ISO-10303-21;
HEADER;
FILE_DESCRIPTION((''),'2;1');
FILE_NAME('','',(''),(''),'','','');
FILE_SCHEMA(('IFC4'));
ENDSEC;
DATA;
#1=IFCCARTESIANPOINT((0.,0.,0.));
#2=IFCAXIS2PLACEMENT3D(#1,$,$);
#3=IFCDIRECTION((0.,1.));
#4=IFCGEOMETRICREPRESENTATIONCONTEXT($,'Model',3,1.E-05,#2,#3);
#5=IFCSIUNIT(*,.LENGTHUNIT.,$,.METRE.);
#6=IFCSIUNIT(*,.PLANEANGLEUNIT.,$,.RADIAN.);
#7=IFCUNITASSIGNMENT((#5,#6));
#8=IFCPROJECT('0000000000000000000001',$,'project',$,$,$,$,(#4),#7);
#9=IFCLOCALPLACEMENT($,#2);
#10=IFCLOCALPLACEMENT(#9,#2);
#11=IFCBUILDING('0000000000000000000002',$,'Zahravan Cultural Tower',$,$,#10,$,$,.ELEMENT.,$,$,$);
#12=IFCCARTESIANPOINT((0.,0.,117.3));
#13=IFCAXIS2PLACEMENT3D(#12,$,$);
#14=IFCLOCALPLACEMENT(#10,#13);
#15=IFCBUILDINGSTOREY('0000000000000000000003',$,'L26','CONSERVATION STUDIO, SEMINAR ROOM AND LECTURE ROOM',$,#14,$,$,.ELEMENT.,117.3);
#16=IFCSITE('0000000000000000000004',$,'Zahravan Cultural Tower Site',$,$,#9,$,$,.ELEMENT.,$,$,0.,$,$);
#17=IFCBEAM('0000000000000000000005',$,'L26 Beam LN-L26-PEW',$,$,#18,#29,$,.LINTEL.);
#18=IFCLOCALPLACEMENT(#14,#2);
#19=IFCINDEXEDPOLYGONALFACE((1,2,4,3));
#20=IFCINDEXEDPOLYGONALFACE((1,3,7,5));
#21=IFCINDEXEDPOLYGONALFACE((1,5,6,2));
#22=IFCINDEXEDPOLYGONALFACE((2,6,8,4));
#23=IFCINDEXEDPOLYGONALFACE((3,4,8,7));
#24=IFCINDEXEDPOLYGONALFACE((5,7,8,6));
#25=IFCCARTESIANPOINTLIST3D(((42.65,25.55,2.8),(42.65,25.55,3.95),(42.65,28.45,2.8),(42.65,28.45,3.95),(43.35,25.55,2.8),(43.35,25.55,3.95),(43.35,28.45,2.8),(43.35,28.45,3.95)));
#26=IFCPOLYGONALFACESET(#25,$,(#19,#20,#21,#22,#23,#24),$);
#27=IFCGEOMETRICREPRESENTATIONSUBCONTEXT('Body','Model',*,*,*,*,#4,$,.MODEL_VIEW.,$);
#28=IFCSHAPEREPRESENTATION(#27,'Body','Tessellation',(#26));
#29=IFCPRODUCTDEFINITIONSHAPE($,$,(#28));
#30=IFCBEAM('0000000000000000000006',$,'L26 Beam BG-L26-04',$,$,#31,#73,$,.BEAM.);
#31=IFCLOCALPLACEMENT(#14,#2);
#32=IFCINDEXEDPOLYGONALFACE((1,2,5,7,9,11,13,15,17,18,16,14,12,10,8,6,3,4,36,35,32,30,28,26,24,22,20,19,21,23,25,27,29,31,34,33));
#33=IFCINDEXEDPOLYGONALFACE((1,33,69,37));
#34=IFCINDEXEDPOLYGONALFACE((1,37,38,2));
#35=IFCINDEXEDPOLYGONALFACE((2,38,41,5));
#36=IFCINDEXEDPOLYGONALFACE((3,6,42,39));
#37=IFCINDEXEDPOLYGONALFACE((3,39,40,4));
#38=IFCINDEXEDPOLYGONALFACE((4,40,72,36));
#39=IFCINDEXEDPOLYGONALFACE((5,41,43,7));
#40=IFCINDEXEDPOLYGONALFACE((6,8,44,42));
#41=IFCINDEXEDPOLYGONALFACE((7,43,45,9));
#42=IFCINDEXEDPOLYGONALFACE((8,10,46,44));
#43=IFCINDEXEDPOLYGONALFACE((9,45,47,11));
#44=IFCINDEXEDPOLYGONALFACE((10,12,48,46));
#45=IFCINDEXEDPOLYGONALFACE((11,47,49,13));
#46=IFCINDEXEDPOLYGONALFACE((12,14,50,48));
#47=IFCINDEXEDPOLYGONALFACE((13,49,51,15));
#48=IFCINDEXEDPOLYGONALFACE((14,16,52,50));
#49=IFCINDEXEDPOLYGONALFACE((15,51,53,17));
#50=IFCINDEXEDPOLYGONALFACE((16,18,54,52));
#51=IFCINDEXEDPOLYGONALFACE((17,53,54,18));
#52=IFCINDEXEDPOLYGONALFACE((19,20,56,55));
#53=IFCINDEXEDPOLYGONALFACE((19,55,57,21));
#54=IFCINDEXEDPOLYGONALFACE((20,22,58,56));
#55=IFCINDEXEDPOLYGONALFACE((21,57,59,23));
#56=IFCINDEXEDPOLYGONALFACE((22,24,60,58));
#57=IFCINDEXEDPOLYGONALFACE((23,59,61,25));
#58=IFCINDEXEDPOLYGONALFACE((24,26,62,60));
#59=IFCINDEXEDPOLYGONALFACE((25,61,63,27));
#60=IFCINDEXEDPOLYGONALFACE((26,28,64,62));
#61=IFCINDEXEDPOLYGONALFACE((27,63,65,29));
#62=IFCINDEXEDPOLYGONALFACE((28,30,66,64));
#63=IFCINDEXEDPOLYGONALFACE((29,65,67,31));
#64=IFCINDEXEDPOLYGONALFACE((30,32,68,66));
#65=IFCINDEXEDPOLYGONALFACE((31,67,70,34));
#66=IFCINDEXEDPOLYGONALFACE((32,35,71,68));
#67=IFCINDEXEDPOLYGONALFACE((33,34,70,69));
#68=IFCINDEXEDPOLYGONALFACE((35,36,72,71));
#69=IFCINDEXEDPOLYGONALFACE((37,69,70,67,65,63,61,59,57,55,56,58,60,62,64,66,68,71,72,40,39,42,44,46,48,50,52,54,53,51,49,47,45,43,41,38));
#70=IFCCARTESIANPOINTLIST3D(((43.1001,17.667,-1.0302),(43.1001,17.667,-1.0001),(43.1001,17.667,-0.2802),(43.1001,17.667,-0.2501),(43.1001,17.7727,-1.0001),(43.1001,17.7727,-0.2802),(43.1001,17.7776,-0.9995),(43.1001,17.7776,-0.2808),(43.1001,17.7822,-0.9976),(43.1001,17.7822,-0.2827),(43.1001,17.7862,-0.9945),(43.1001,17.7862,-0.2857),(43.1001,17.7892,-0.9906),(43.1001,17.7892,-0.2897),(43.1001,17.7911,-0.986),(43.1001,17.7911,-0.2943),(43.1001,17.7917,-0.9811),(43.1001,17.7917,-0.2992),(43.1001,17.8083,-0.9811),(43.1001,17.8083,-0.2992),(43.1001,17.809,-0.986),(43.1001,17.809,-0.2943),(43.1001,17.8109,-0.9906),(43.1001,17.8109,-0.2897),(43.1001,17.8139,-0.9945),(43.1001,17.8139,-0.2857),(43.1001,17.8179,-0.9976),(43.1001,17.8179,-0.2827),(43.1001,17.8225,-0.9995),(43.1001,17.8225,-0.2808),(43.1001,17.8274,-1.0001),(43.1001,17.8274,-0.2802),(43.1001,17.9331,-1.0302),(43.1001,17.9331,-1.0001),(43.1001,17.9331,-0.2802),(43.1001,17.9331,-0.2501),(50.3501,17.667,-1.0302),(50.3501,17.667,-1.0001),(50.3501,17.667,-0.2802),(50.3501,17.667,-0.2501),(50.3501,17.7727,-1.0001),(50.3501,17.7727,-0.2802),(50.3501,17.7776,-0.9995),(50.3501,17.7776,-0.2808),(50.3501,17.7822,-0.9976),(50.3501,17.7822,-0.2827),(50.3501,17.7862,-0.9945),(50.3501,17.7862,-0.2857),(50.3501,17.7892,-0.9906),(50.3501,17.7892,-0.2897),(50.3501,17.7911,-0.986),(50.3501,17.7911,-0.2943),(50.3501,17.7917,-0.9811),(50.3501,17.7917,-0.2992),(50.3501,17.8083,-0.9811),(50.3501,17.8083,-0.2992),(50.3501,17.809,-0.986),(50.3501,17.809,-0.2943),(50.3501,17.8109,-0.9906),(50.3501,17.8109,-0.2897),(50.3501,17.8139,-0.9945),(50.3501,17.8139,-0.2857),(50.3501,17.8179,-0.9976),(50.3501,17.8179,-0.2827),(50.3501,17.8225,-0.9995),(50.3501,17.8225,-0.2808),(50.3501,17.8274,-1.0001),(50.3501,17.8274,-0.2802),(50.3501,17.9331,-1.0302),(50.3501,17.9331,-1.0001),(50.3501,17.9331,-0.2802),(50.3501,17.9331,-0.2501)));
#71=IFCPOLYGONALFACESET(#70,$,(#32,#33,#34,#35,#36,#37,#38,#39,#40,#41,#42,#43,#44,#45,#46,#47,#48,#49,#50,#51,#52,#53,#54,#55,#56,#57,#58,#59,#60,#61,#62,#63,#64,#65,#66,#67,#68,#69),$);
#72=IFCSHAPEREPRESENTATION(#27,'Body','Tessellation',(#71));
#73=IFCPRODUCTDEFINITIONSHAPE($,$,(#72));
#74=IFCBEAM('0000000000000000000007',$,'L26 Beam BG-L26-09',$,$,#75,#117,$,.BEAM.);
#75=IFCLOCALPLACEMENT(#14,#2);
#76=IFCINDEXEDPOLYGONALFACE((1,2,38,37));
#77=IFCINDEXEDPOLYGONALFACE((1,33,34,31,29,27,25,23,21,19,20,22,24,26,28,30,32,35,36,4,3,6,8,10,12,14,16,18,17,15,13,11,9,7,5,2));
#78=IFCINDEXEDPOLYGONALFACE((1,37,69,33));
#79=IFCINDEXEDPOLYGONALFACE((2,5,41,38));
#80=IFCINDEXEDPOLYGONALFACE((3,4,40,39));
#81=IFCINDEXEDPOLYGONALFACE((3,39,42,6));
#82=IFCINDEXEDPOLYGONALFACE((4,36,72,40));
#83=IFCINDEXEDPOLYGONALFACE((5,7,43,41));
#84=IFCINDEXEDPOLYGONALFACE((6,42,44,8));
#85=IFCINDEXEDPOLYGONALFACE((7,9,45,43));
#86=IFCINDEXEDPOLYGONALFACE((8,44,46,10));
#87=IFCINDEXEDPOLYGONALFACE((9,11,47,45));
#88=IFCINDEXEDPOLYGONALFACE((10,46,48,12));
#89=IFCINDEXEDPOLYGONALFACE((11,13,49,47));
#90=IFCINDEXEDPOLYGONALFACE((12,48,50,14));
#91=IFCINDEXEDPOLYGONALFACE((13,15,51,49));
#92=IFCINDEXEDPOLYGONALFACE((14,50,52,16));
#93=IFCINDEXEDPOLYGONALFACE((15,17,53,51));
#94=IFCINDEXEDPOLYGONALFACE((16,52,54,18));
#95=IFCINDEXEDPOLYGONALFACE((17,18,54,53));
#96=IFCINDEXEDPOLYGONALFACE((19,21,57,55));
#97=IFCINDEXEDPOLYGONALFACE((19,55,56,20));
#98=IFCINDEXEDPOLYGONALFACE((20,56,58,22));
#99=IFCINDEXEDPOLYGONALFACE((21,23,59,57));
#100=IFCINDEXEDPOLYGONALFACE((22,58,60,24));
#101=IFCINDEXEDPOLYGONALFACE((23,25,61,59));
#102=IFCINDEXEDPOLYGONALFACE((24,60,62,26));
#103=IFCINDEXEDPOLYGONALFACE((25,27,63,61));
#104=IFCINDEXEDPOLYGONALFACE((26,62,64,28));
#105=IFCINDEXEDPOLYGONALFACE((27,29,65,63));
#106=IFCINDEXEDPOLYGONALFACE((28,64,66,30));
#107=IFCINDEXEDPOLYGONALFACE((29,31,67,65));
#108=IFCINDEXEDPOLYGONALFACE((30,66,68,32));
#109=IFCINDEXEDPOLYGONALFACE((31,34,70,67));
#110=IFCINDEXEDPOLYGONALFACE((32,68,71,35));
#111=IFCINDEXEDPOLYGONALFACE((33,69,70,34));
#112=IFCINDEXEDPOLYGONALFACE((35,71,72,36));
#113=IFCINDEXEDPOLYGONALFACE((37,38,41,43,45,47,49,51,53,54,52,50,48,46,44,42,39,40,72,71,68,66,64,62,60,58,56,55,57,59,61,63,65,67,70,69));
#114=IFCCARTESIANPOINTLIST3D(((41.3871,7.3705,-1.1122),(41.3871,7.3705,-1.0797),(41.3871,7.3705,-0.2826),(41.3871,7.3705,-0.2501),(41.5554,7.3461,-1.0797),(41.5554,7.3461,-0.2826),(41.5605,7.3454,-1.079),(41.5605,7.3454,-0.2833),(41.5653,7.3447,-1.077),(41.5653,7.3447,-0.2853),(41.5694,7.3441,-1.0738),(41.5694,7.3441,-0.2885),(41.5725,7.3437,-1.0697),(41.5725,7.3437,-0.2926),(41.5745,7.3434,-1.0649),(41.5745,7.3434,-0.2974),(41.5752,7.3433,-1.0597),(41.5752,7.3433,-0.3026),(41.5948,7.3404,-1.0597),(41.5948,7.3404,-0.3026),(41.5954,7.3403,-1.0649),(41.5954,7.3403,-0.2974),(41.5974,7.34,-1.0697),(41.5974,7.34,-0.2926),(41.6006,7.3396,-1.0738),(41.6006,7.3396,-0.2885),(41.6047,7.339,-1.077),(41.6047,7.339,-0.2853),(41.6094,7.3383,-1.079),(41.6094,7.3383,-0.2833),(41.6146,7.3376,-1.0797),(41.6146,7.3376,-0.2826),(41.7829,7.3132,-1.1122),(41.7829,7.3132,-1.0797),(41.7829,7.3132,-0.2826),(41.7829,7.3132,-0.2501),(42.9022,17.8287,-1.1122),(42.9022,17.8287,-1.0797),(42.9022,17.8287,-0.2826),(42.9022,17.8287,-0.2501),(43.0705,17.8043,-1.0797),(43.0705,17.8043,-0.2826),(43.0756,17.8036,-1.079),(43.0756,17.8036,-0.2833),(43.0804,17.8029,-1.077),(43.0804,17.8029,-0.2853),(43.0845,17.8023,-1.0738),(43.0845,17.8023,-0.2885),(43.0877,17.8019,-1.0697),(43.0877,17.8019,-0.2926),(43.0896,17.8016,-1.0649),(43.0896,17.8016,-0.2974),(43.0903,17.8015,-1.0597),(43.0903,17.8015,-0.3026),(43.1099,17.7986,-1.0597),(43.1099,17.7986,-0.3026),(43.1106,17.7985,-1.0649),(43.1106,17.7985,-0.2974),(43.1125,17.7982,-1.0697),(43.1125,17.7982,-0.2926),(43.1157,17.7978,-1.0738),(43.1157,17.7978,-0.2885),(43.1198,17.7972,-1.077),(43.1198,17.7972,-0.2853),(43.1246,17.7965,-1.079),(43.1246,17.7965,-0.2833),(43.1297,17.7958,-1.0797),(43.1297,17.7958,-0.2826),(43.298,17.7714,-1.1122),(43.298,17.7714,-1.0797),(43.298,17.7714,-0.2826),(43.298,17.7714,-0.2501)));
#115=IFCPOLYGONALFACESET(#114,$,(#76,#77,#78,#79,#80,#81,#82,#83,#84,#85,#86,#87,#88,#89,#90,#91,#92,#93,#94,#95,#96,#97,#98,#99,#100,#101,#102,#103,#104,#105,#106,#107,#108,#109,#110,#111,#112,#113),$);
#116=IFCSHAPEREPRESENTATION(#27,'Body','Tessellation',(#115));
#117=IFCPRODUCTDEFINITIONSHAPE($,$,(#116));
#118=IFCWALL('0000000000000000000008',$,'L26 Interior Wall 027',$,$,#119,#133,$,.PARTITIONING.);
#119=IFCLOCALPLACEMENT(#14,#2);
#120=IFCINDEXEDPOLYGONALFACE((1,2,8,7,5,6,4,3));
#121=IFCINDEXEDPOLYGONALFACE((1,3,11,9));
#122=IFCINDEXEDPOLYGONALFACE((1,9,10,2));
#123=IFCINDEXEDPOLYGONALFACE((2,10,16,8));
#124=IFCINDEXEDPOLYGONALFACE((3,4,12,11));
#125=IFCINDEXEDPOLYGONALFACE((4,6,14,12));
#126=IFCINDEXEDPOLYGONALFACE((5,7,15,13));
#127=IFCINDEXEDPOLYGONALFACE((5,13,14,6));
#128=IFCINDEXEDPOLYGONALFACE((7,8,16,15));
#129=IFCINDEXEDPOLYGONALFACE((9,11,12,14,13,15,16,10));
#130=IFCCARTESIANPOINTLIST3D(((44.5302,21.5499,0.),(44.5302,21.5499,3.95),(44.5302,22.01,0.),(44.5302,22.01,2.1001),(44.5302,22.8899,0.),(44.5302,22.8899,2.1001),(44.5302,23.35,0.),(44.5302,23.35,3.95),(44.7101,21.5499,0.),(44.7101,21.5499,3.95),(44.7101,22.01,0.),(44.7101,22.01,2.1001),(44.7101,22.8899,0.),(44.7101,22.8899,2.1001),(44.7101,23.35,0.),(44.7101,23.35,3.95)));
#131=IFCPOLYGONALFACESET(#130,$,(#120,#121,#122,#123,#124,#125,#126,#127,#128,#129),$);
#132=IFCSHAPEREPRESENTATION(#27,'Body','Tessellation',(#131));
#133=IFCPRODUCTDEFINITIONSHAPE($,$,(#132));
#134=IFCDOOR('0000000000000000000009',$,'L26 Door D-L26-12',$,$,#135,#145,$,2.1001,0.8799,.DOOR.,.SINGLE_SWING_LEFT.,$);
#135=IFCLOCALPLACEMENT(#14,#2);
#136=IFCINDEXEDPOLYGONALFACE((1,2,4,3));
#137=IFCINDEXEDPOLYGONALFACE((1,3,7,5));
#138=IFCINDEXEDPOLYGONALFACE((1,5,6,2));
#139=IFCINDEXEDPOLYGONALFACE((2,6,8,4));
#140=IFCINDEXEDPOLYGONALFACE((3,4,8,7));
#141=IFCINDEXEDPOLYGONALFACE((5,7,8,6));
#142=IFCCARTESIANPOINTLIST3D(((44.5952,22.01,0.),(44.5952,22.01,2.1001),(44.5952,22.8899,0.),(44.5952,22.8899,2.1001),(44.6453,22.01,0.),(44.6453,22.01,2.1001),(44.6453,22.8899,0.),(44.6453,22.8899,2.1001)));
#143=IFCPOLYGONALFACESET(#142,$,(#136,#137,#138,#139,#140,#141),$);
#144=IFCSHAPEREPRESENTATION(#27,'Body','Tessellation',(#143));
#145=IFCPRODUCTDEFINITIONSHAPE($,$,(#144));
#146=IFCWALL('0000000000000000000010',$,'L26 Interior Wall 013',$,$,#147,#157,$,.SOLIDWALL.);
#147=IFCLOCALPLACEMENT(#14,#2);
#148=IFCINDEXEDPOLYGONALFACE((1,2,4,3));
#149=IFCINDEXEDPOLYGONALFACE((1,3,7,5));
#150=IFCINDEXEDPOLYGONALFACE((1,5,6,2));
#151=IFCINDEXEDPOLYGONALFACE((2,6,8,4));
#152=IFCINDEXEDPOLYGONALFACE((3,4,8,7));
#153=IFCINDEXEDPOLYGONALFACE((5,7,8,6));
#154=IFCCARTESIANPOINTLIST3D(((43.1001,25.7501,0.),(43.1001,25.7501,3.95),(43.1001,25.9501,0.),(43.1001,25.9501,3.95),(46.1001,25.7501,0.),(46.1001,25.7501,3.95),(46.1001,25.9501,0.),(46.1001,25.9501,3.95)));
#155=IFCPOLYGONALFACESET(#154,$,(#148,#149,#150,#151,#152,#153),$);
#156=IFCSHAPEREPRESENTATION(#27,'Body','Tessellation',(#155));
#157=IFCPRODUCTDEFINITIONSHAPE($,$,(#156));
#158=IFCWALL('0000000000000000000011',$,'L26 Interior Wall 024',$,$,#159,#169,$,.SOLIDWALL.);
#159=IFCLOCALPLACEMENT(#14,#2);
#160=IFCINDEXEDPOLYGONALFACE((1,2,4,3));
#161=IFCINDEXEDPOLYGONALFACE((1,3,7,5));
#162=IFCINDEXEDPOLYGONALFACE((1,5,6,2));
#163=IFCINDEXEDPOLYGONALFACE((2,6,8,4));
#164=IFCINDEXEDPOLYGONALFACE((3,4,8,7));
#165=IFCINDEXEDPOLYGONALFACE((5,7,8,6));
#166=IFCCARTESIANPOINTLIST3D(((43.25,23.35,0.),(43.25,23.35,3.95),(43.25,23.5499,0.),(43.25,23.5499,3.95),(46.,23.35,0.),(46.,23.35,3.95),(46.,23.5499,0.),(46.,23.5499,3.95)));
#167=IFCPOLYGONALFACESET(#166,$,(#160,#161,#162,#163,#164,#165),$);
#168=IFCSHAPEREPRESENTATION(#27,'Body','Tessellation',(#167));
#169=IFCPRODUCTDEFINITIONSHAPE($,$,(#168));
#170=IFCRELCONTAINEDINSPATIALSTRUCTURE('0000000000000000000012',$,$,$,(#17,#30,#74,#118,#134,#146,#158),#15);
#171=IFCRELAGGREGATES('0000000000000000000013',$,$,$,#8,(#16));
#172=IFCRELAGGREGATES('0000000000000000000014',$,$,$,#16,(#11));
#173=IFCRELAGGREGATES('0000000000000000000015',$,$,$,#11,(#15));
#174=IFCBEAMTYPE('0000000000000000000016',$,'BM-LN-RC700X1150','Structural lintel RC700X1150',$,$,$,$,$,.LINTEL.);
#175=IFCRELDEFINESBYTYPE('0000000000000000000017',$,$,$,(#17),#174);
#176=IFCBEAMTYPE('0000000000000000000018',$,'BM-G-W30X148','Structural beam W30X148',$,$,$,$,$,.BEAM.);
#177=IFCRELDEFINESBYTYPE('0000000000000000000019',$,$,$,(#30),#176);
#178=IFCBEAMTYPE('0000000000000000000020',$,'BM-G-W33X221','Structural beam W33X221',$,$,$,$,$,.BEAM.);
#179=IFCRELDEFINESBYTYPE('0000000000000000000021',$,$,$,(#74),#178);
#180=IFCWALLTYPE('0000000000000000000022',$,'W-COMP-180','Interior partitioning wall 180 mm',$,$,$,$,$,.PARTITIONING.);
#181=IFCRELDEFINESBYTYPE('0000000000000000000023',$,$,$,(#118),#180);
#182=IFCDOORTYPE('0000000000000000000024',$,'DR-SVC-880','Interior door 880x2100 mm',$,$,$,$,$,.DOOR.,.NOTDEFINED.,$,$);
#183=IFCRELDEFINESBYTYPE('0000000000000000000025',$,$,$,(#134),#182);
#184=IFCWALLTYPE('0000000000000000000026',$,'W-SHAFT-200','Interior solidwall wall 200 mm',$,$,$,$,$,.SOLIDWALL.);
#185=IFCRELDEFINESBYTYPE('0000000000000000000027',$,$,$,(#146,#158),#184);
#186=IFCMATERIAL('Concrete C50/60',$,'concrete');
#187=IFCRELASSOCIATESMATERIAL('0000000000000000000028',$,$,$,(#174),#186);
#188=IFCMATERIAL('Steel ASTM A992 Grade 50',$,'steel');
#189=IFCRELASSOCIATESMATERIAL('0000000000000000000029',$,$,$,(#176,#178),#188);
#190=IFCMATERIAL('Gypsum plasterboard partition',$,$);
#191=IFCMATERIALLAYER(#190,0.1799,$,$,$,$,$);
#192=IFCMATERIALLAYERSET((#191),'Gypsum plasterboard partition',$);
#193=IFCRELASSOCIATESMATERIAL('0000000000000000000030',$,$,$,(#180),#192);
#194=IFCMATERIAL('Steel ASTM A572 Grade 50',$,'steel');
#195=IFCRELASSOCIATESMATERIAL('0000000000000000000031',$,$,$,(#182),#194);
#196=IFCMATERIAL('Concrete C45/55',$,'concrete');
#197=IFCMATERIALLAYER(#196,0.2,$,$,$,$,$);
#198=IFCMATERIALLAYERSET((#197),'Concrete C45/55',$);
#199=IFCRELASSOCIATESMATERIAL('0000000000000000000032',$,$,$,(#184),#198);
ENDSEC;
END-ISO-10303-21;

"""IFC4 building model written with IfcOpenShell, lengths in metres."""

from ifc_helpers import new_model, si_unit, direction, frame, frame_2d, origin, origin_2d, place, context, subcontext, project, spatial, rectangle, i_section, extrude, source, transform, mapped, material, layer, layer_set, material_profile, profile_set, type_object, element, fill, save


model = new_model("IFC4")

# Units and contexts
model_context = context("Model", 3, precision=1e-05, world=origin(), true_north=direction((0.0, 1.0)))
body_context = subcontext(model_context, "Body", "Model", "MODEL_VIEW")
ifc_project = project(units=[si_unit("LENGTHUNIT", "METRE"), si_unit("PLANEANGLEUNIT", "RADIAN")], contexts=[model_context])

# Site, building, storey
site_placement = place(None, origin())
site = spatial("IfcSite", under=ifc_project, at=site_placement, Name="Zahravan Cultural Tower Site", CompositionType="ELEMENT", RefElevation=0.0)
building_placement = place(site_placement, origin())
building = spatial("IfcBuilding", under=site, at=building_placement, Name="Zahravan Cultural Tower", CompositionType="ELEMENT")
storey_placement = place(building_placement, frame((0.0, 0.0, 117.3)))
storey = spatial("IfcBuildingStorey", under=building, at=storey_placement, Name="L26", Description="CONSERVATION STUDIO, SEMINAR ROOM AND LECTURE ROOM", CompositionType="ELEMENT", Elevation=117.3)

# Beams
ifc_material_1 = material(Name="Concrete C50/60", Category="concrete")
ifc_material_profile_1 = material_profile(ifc_material_1, rectangle(XDim=0.7, YDim=1.1499, at=origin_2d()), Name="RC700X1150")
ifc_profile_set_1 = profile_set([ifc_material_profile_1], Name="Concrete C50/60")
beam_type_1 = type_object("IfcBeamType", Name="BM-LN-RC700X1150", Description="Structural lintel RC700X1150", PredefinedType="LINTEL", material=ifc_profile_set_1)
shared_shape_1 = source(origin(), body_context, "Body", "SweptSolid", [
    extrude(rectangle(XDim=0.7, YDim=1.1499, at=origin_2d()), origin(), (0.0, 0.0, 1.0), 2.8999),
])
beam_1_placement = place(storey_placement, frame((43.0, 25.55, 3.375), z_axis=(0.0, 1.0, 0.0), x_axis=(-1.0, 0.0, 0.0)))
element("IfcBeam", 1, at=beam_1_placement, inside=storey, type_object=beam_type_1, Name="L26 Beam LN-L26-PEW", PredefinedType="LINTEL", context=body_context, shape_type="MappedRepresentation", body=[
    mapped(shared_shape_1, transform((0.0, 0.0, 0.0), x_axis=(1.0, 0.0, 0.0), y_axis=(0.0, 1.0, 0.0), z_axis=(0.0, 0.0, 1.0), scale=1.0)),
])
ifc_material_2 = material(Name="Steel ASTM A992 Grade 50", Category="steel")
ifc_material_profile_2 = material_profile(ifc_material_2, i_section(OverallWidth=0.2661, OverallDepth=0.78, WebThickness=0.0166, FlangeThickness=0.03, FilletRadius=0.019, at=origin_2d()), Name="W30X148")
ifc_profile_set_2 = profile_set([ifc_material_profile_2], Name="Steel ASTM A992 Grade 50")
beam_type_2 = type_object("IfcBeamType", Name="BM-G-W30X148", Description="Structural beam W30X148", PredefinedType="BEAM", material=ifc_profile_set_2)
shared_shape_2 = source(origin(), body_context, "Body", "SweptSolid", [
    extrude(i_section(OverallWidth=0.2661, OverallDepth=0.78, WebThickness=0.0166, FlangeThickness=0.03, FilletRadius=0.019, at=origin_2d()), origin(), (0.0, 0.0, 1.0), 7.25),
])
beam_2_placement = place(storey_placement, frame((43.1001, 17.8, -0.6401), z_axis=(1.0, 0.0, 0.0), x_axis=(0.0, 1.0, 0.0)))
element("IfcBeam", 2, at=beam_2_placement, inside=storey, type_object=beam_type_2, Name="L26 Beam BG-L26-04", PredefinedType="BEAM", context=body_context, shape_type="MappedRepresentation", body=[
    mapped(shared_shape_2, transform((0.0, 0.0, 0.0), x_axis=(1.0, 0.0, 0.0), y_axis=(0.0, 1.0, 0.0), z_axis=(0.0, 0.0, 1.0), scale=1.0)),
])
ifc_material_profile_3 = material_profile(ifc_material_2, i_section(OverallWidth=0.3999, OverallDepth=0.8621, WebThickness=0.0198, FlangeThickness=0.0325, FilletRadius=0.02, at=origin_2d()), Name="W33X221")
ifc_profile_set_3 = profile_set([ifc_material_profile_3], Name="Steel ASTM A992 Grade 50")
beam_type_3 = type_object("IfcBeamType", Name="BM-G-W33X221", Description="Structural beam W33X221", PredefinedType="BEAM", material=ifc_profile_set_3)
shared_shape_3 = source(origin(), body_context, "Body", "SweptSolid", [
    extrude(i_section(OverallWidth=0.3999, OverallDepth=0.8621, WebThickness=0.0198, FlangeThickness=0.0325, FilletRadius=0.02, at=origin_2d()), origin(), (0.0, 0.0, 1.0), 10.5674),
])
beam_3_placement = place(storey_placement, frame((43.1001, 17.8, -0.6812), z_axis=(-0.143378, -0.989668, 0.0), x_axis=(0.989668, -0.143378, 0.0)))
element("IfcBeam", 3, at=beam_3_placement, inside=storey, type_object=beam_type_3, Name="L26 Beam BG-L26-09", PredefinedType="BEAM", context=body_context, shape_type="MappedRepresentation", body=[
    mapped(shared_shape_3, transform((0.0, 0.0, 0.0), x_axis=(1.0, 0.0, 0.0), y_axis=(0.0, 1.0, 0.0), z_axis=(0.0, 0.0, 1.0), scale=1.0)),
])

# Wall, opening, door
ifc_material_3 = material(Name="Gypsum plasterboard partition")
ifc_layer_1 = layer(ifc_material_3, 0.1799)
ifc_layer_set_1 = layer_set([ifc_layer_1], Name="Gypsum plasterboard partition")
wall_type_1 = type_object("IfcWallType", Name="W-COMP-180", Description="Interior partitioning wall 180 mm", PredefinedType="PARTITIONING", material=ifc_layer_set_1)
wall_1_placement = place(storey_placement, frame((44.6201, 21.55, 0.0), z_axis=(0.0, 0.0, 1.0), x_axis=(0.0, 1.0, 0.0)))
wall_1 = element("IfcWall", 4, at=wall_1_placement, inside=storey, type_object=wall_type_1, Name="L26 Interior Wall 027", PredefinedType="PARTITIONING", context=body_context, shape_type="SweptSolid", body=[
    extrude(rectangle(XDim=1.8, YDim=0.1799, at=frame_2d((0.8999, 0.0))), origin(), (0.0, 0.0, 1.0), 3.95),
])
opening_1_placement = place(wall_1_placement, frame((0.46, 0.0, 0.0)))
opening_1 = element("IfcOpeningElement", 5, at=opening_1_placement, cuts=wall_1, PredefinedType="OPENING", context=body_context, shape_type="SweptSolid", body=[
    extrude(rectangle(XDim=0.8799, YDim=2.1001, at=frame_2d((0.4399, 1.05))), frame((0.0, 0.0999, 0.0), z_axis=(0.0, -1.0, 0.0), x_axis=(1.0, 0.0, 0.0)), (0.0, 0.0, 1.0), 0.2),
])
ifc_material_4 = material(Name="Steel ASTM A572 Grade 50", Category="steel")
door_type_1 = type_object("IfcDoorType", Name="DR-SVC-880", Description="Interior door 880x2100 mm", OperationType="NOTDEFINED", PredefinedType="DOOR", material=ifc_material_4)
shared_shape_4 = source(origin(), body_context, "Body", "SweptSolid", [
    extrude(rectangle(XDim=0.8799, YDim=2.1001, at=frame_2d((0.4399, 1.05))), frame((0.0, 0.0249, 0.0), z_axis=(0.0, -1.0, 0.0), x_axis=(1.0, 0.0, 0.0)), (0.0, 0.0, 1.0), 0.05),
])
door_1_placement = place(opening_1_placement, origin())
door_1 = element("IfcDoor", 6, at=door_1_placement, inside=storey, type_object=door_type_1, Name="L26 Door D-L26-12", OperationType="SINGLE_SWING_LEFT", OverallHeight=2.1001, OverallWidth=0.8799, PredefinedType="DOOR", context=body_context, shape_type="MappedRepresentation", body=[
    mapped(shared_shape_4, transform((0.0, 0.0, 0.0), x_axis=(1.0, 0.0, 0.0), y_axis=(0.0, 1.0, 0.0), z_axis=(0.0, 0.0, 1.0), scale=1.0)),
])
fill(opening_1, door_1)
ifc_material_5 = material(Name="Concrete C45/55", Category="concrete")
ifc_layer_2 = layer(ifc_material_5, 0.2)
ifc_layer_set_2 = layer_set([ifc_layer_2], Name="Concrete C45/55")
wall_type_2 = type_object("IfcWallType", Name="W-SHAFT-200", Description="Interior solidwall wall 200 mm", PredefinedType="SOLIDWALL", material=ifc_layer_set_2)

# Walls
shared_shape_5 = source(origin(), body_context, "Body", "SweptSolid", [
    extrude(rectangle(XDim=3.0, YDim=0.2, at=frame_2d((1.5, 0.0))), origin(), (0.0, 0.0, 1.0), 3.95),
])
wall_2_placement = place(storey_placement, frame((43.1001, 25.8501, 0.0), z_axis=(0.0, 0.0, 1.0), x_axis=(1.0, 0.0, 0.0)))
element("IfcWall", 7, at=wall_2_placement, inside=storey, type_object=wall_type_2, Name="L26 Interior Wall 013", PredefinedType="SOLIDWALL", context=body_context, shape_type="MappedRepresentation", body=[
    mapped(shared_shape_5, transform((0.0, 0.0, 0.0), x_axis=(1.0, 0.0, 0.0), y_axis=(0.0, 1.0, 0.0), z_axis=(0.0, 0.0, 1.0), scale=1.0)),
])
shared_shape_6 = source(origin(), body_context, "Body", "SweptSolid", [
    extrude(rectangle(XDim=2.75, YDim=0.2, at=frame_2d((1.375, 0.0))), origin(), (0.0, 0.0, 1.0), 3.95),
])
for number, where, z_axis, x_axis, name in (
    (8, (43.25, 23.45, 0.0), (0.0, 0.0, 1.0), (1.0, 0.0, 0.0), "L26 Interior Wall 024"),
):
    element("IfcWall", number, at=place(storey_placement, frame(where, z_axis=z_axis, x_axis=x_axis)), inside=storey, type_object=wall_type_2, Name=name, PredefinedType="SOLIDWALL", context=body_context, shape_type="MappedRepresentation", body=[
        mapped(shared_shape_6, transform((0.0, 0.0, 0.0), x_axis=(1.0, 0.0, 0.0), y_axis=(0.0, 1.0, 0.0), z_axis=(0.0, 0.0, 1.0), scale=1.0)),
    ])

save(model, "model.ifc")
